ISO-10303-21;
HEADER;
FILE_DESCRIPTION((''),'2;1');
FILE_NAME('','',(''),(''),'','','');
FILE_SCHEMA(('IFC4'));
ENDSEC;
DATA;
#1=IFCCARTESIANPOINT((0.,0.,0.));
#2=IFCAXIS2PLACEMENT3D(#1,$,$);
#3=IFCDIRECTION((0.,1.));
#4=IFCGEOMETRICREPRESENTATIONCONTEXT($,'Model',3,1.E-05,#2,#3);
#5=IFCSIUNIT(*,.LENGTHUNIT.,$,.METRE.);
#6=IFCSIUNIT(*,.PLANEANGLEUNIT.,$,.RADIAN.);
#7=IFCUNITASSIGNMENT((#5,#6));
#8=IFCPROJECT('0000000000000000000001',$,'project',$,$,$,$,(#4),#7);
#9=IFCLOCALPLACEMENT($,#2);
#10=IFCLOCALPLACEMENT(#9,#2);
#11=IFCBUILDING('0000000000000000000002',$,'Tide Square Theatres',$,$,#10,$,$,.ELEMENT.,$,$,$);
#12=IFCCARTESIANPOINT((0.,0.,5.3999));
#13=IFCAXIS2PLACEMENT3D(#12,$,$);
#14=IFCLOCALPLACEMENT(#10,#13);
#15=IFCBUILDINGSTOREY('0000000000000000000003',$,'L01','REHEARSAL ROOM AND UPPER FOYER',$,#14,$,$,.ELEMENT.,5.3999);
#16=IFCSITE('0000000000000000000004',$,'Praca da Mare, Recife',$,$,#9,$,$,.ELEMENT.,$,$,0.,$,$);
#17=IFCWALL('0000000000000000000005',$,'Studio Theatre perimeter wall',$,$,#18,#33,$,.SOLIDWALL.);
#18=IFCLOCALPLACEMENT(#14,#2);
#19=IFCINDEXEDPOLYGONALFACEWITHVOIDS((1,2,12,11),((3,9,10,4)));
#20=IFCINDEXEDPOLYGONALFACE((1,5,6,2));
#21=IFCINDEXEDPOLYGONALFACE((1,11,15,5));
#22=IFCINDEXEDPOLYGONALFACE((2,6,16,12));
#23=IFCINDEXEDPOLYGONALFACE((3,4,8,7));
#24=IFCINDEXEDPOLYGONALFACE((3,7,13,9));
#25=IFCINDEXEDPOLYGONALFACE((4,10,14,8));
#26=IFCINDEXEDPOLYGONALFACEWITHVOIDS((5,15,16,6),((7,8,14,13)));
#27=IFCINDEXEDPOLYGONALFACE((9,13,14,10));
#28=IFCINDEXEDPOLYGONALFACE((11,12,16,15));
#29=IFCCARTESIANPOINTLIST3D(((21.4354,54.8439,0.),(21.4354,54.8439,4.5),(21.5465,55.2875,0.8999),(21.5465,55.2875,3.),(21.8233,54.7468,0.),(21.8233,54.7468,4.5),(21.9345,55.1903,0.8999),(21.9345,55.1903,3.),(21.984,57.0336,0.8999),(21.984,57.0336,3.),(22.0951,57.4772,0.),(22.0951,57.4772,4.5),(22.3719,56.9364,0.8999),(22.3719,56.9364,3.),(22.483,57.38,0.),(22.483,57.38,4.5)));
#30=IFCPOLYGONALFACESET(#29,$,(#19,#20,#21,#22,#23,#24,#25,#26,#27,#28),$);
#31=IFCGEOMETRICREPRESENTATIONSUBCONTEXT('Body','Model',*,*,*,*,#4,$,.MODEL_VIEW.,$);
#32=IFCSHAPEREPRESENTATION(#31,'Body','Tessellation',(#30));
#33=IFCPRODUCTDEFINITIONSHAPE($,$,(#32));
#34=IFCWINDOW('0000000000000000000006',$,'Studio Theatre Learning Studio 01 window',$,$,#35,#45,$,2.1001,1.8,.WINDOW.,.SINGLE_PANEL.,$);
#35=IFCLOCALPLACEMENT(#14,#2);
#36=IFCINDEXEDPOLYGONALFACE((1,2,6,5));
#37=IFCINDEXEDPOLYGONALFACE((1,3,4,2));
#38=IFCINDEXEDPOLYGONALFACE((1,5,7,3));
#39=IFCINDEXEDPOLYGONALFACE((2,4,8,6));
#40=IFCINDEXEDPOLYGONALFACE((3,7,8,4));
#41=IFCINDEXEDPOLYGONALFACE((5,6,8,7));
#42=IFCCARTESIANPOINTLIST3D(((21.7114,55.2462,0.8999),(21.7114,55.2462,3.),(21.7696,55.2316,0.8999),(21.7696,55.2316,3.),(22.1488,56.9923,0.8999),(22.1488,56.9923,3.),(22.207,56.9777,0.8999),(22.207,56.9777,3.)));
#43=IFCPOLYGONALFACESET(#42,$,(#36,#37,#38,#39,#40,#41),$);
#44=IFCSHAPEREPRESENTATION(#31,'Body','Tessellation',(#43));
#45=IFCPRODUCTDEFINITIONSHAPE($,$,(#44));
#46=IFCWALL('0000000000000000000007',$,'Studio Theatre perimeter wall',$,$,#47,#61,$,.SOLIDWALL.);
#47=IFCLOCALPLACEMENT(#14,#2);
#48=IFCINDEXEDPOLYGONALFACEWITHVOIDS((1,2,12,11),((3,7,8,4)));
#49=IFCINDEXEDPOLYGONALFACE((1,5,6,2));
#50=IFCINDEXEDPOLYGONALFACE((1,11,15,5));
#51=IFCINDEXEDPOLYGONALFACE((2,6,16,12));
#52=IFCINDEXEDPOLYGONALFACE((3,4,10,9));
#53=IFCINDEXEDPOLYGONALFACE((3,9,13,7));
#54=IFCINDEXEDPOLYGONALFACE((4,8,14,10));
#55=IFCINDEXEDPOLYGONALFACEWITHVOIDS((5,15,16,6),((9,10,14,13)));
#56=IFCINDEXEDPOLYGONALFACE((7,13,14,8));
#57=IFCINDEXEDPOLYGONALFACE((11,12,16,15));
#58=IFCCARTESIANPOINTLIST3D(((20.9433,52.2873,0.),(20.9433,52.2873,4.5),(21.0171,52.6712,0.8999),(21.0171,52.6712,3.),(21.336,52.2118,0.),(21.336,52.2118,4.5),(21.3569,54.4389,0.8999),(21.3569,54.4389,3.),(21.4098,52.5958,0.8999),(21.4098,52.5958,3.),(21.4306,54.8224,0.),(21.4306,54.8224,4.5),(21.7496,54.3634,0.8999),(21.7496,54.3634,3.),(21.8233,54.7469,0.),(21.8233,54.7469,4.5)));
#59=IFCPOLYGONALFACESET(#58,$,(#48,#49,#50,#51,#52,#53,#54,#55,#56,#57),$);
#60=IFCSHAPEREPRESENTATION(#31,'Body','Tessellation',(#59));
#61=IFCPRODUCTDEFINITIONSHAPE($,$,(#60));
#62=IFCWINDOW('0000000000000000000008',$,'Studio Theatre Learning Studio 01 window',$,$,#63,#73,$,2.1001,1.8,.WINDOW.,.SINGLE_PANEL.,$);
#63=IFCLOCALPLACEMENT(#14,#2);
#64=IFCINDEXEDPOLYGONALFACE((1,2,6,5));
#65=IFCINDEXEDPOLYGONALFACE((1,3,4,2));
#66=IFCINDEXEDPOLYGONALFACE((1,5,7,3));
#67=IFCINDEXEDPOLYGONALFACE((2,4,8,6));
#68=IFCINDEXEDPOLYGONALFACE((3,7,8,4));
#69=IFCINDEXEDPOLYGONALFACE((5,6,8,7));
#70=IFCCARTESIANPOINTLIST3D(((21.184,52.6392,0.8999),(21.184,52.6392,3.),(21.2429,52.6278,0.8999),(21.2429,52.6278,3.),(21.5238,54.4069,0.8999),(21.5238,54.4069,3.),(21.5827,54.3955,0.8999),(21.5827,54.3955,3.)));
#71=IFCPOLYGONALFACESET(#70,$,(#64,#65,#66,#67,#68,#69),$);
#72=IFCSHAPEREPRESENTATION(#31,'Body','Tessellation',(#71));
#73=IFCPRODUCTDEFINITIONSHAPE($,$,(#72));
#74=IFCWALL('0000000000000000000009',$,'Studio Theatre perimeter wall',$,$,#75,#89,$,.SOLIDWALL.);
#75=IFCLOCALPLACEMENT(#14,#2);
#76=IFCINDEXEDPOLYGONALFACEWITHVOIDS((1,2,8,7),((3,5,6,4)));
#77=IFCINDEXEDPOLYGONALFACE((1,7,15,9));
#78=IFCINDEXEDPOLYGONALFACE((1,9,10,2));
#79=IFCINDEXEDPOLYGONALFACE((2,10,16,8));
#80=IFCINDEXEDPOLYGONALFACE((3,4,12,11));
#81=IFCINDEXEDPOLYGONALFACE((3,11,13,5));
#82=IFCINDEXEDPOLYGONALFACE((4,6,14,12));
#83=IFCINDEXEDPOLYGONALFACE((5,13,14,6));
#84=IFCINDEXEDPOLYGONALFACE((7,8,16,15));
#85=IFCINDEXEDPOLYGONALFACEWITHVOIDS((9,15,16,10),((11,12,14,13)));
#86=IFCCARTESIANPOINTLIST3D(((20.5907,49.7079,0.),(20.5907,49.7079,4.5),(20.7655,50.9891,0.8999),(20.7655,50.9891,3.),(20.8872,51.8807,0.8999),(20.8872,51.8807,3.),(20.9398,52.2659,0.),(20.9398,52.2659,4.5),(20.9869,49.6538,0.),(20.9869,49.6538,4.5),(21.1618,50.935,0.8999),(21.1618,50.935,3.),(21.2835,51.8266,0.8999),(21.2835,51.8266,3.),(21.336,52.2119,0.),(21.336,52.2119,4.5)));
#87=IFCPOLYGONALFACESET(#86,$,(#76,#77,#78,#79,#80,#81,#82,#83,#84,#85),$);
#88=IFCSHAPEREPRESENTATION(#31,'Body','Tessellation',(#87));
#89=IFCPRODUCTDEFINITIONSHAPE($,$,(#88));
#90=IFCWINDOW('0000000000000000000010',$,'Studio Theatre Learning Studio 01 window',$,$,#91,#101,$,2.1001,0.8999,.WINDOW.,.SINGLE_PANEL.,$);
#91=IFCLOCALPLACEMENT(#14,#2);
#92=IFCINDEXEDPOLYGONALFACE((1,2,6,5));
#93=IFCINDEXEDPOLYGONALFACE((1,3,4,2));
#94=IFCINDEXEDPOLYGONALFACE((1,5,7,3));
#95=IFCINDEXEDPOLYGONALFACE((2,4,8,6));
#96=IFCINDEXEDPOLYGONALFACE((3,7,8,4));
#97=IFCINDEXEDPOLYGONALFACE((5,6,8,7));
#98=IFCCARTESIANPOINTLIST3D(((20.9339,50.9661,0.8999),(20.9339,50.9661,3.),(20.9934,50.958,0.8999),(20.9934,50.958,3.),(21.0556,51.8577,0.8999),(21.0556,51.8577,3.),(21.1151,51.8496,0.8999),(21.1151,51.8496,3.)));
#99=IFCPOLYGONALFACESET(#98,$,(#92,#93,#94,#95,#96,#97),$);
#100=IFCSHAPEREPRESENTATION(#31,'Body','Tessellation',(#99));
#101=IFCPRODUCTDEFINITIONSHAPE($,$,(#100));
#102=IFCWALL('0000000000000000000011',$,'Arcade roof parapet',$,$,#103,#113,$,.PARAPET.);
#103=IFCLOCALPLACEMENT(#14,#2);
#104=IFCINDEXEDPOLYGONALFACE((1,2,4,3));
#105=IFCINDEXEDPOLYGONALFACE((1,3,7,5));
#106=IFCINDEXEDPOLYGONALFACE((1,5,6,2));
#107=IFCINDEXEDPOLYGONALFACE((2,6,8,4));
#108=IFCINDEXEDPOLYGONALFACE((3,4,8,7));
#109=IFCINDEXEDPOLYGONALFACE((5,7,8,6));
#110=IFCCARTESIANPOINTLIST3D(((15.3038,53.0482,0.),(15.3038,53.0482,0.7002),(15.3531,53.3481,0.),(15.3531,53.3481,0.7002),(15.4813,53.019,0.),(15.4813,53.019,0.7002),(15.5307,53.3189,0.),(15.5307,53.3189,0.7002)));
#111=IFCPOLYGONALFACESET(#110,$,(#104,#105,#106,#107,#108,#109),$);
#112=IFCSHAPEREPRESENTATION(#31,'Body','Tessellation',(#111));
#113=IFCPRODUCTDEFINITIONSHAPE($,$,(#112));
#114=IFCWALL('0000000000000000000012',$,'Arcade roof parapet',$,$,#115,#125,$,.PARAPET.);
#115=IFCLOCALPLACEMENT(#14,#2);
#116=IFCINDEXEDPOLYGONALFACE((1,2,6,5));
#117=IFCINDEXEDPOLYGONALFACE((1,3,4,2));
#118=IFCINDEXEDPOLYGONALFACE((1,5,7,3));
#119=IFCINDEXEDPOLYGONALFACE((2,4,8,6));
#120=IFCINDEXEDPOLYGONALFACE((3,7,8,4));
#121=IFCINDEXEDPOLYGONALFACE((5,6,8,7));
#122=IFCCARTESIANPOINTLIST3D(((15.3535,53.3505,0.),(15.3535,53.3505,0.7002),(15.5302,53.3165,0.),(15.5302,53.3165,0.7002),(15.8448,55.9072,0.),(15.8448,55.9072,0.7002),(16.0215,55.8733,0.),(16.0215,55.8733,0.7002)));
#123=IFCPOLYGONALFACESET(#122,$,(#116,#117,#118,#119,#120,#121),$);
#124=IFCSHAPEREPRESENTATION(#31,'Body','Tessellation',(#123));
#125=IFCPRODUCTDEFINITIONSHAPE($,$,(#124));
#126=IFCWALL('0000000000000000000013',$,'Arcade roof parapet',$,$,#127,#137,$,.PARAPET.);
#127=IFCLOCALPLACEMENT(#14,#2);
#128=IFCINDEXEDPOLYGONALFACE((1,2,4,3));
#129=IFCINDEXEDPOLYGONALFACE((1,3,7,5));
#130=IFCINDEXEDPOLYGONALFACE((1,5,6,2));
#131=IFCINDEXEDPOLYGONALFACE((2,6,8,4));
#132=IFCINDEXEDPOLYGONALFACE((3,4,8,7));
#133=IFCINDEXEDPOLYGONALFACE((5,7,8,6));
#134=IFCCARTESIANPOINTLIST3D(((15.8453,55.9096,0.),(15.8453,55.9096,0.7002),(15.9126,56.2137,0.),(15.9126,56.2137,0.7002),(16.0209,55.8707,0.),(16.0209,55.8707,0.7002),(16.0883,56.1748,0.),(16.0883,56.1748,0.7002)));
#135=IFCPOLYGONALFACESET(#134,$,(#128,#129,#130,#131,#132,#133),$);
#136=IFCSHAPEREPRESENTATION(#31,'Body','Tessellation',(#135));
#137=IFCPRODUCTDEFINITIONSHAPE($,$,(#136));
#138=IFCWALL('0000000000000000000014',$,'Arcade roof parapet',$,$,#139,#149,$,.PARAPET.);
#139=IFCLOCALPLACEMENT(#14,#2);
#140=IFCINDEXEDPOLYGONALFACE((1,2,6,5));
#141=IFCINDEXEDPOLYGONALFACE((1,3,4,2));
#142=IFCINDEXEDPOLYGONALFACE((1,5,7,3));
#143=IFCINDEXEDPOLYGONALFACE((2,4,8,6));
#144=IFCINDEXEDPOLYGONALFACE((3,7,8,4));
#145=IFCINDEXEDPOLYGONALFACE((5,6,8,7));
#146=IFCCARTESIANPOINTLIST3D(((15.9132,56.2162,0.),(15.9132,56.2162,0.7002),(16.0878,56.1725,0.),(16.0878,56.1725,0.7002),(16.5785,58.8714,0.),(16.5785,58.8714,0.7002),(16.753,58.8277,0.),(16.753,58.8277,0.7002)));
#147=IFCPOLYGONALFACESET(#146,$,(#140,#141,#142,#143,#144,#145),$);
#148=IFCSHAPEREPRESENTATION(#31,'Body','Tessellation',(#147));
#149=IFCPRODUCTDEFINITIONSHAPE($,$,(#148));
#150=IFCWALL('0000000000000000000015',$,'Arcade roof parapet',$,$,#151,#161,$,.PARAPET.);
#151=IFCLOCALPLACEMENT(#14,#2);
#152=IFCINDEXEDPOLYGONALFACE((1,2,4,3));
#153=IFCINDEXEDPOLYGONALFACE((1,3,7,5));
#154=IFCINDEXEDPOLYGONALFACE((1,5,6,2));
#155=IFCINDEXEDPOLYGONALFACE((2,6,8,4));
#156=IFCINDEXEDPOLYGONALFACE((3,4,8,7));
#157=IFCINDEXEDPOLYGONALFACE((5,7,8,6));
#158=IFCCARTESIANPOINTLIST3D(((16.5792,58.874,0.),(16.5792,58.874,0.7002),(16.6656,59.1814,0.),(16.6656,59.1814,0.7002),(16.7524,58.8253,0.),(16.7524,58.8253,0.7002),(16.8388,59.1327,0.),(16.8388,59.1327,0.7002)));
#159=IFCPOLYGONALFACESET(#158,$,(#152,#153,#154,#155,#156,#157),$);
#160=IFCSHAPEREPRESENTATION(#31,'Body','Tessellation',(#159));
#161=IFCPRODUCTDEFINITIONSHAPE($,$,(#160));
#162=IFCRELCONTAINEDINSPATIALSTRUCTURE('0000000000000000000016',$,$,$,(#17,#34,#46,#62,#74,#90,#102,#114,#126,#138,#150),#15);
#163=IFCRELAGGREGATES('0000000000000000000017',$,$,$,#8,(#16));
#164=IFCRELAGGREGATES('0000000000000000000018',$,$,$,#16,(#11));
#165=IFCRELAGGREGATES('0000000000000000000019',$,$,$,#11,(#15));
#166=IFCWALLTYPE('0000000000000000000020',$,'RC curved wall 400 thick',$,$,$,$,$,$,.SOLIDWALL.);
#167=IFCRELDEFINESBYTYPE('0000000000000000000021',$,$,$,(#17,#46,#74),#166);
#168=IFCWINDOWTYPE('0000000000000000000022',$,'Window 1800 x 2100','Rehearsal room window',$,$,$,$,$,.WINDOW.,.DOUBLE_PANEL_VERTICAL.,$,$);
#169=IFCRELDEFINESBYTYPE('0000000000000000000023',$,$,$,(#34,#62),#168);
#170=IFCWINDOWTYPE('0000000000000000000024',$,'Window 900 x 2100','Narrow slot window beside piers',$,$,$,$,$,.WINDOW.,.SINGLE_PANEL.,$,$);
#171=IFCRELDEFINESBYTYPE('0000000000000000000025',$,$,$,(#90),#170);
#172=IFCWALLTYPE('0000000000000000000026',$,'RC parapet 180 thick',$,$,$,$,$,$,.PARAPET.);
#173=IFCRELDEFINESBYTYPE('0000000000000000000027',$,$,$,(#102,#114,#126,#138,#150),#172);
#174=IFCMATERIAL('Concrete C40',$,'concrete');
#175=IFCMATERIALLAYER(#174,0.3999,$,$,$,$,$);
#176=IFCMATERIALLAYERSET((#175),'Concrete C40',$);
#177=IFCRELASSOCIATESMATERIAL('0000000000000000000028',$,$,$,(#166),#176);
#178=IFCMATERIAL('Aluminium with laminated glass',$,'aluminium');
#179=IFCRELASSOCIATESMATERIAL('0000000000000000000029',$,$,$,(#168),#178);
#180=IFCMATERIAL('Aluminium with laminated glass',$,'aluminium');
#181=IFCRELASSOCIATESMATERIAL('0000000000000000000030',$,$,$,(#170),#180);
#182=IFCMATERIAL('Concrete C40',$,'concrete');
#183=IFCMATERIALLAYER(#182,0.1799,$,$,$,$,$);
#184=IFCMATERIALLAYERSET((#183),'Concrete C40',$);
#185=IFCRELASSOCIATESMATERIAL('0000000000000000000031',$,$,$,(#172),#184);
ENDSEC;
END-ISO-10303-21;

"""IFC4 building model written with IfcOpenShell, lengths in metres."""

from ifc_helpers import new_model, si_unit, direction, frame, frame_2d, origin, place, context, subcontext, project, spatial, rectangle, extrude, material, layer, layer_set, type_object, element, fill, save


model = new_model("IFC4")

# Units and contexts
model_context = context("Model", 3, precision=1e-05, world=origin(), true_north=direction((0.0, 1.0)))
body_context = subcontext(model_context, "Body", "Model", "MODEL_VIEW")
ifc_project = project(units=[si_unit("LENGTHUNIT", "METRE"), si_unit("PLANEANGLEUNIT", "RADIAN")], contexts=[model_context])

# Site, building, storey
site_placement = place(None, origin())
site = spatial("IfcSite", under=ifc_project, at=site_placement, Name="Praca da Mare, Recife", CompositionType="ELEMENT", RefElevation=0.0)
building_placement = place(site_placement, origin())
building = spatial("IfcBuilding", under=site, at=building_placement, Name="Tide Square Theatres", CompositionType="ELEMENT")
storey_placement = place(building_placement, frame((0.0, 0.0, 5.3999)))
storey = spatial("IfcBuildingStorey", under=building, at=storey_placement, Name="L01", Description="REHEARSAL ROOM AND UPPER FOYER", CompositionType="ELEMENT", Elevation=5.3999)

# Walls, openings, windows
ifc_material_1 = material(Name="Concrete C40", Category="concrete")
ifc_layer_1 = layer(ifc_material_1, 0.3999)
ifc_layer_set_1 = layer_set([ifc_layer_1], Name="Concrete C40")
wall_type_1 = type_object("IfcWallType", Name="RC curved wall 400 thick", PredefinedType="SOLIDWALL", material=ifc_layer_set_1)
wall_1_placement = place(storey_placement, frame((22.2891, 57.4287, 0.0), z_axis=(0.0, 0.0, 1.0), x_axis=(-0.243001, -0.970026, 0.0)))
wall_1 = element("IfcWall", 1, at=wall_1_placement, inside=storey, type_object=wall_type_1, Name="Studio Theatre perimeter wall", PredefinedType="SOLIDWALL", context=body_context, shape_type="SweptSolid", body=[
    extrude(rectangle(XDim=2.7146, YDim=0.3999, at=frame_2d((1.3574, 0.0))), origin(), (0.0, 0.0, 1.0), 4.5),
])
opening_1_placement = place(wall_1_placement, frame((0.4575, 0.0, 0.8999)))
opening_1 = element("IfcOpeningElement", 2, at=opening_1_placement, cuts=wall_1, PredefinedType="OPENING", context=body_context, shape_type="SweptSolid", body=[
    extrude(rectangle(XDim=1.8, YDim=2.1001, at=frame_2d((0.8999, 1.05))), frame((0.0, 0.21, 0.0), z_axis=(0.0, -1.0, 0.0), x_axis=(1.0, 0.0, 0.0)), (0.0, 0.0, 1.0), 0.4199),
])
ifc_material_2 = material(Name="Aluminium with laminated glass", Category="aluminium")
window_type_1 = type_object("IfcWindowType", Name="Window 1800 x 2100", Description="Rehearsal room window", PartitioningType="DOUBLE_PANEL_VERTICAL", PredefinedType="WINDOW", material=ifc_material_2)
window_1_placement = place(opening_1_placement, origin())
window_1 = element("IfcWindow", 3, at=window_1_placement, inside=storey, type_object=window_type_1, Name="Studio Theatre Learning Studio 01 window", OverallHeight=2.1001, OverallWidth=1.8, PartitioningType="SINGLE_PANEL", PredefinedType="WINDOW", context=body_context, shape_type="SweptSolid", body=[
    extrude(rectangle(XDim=1.8, YDim=2.1001, at=frame_2d((0.8999, 1.05))), frame((0.0, 0.03, 0.0), z_axis=(0.0, -1.0, 0.0), x_axis=(1.0, 0.0, 0.0)), (0.0, 0.0, 1.0), 0.0601),
])
fill(opening_1, window_1)
wall_2_placement = place(storey_placement, frame((21.627, 54.7847, 0.0), z_axis=(0.0, 0.0, 1.0), x_axis=(-0.188763, -0.982023, 0.0)))
wall_2 = element("IfcWall", 4, at=wall_2_placement, inside=storey, type_object=wall_type_1, Name="Studio Theatre perimeter wall", PredefinedType="SOLIDWALL", context=body_context, shape_type="SweptSolid", body=[
    extrude(rectangle(XDim=2.5815, YDim=0.3999, at=frame_2d((1.2908, 0.0))), origin(), (0.0, 0.0, 1.0), 4.5),
])
opening_2_placement = place(wall_2_placement, frame((0.3906, 0.0, 0.8999)))
opening_2 = element("IfcOpeningElement", 5, at=opening_2_placement, cuts=wall_2, PredefinedType="OPENING", context=body_context, shape_type="SweptSolid", body=[
    extrude(rectangle(XDim=1.8, YDim=2.1001, at=frame_2d((0.8999, 1.05))), frame((0.0, 0.21, 0.0), z_axis=(0.0, -1.0, 0.0), x_axis=(1.0, 0.0, 0.0)), (0.0, 0.0, 1.0), 0.4199),
])
window_2_placement = place(opening_2_placement, origin())
window_2 = element("IfcWindow", 6, at=window_2_placement, inside=storey, type_object=window_type_1, Name="Studio Theatre Learning Studio 01 window", OverallHeight=2.1001, OverallWidth=1.8, PartitioningType="SINGLE_PANEL", PredefinedType="WINDOW", context=body_context, shape_type="SweptSolid", body=[
    extrude(rectangle(XDim=1.8, YDim=2.1001, at=frame_2d((0.8999, 1.05))), frame((0.0, 0.03, 0.0), z_axis=(0.0, -1.0, 0.0), x_axis=(1.0, 0.0, 0.0)), (0.0, 0.0, 1.0), 0.0601),
])
fill(opening_2, window_2)
wall_3_placement = place(storey_placement, frame((21.1379, 52.239, 0.0), z_axis=(0.0, 0.0, 1.0), x_axis=(-0.135223, -0.990815, 0.0)))
wall_3 = element("IfcWall", 7, at=wall_3_placement, inside=storey, type_object=wall_type_1, Name="Studio Theatre perimeter wall", PredefinedType="SOLIDWALL", context=body_context, shape_type="SweptSolid", body=[
    extrude(rectangle(XDim=2.5818, YDim=0.3999, at=frame_2d((1.291, 0.0))), origin(), (0.0, 0.0, 1.0), 4.5),
])
opening_3_placement = place(wall_3_placement, frame((0.3889, 0.0, 0.8999)))
opening_3 = element("IfcOpeningElement", 8, at=opening_3_placement, cuts=wall_3, PredefinedType="OPENING", context=body_context, shape_type="SweptSolid", body=[
    extrude(rectangle(XDim=0.8999, YDim=2.1001, at=frame_2d((0.45, 1.05))), frame((0.0, 0.21, 0.0), z_axis=(0.0, -1.0, 0.0), x_axis=(1.0, 0.0, 0.0)), (0.0, 0.0, 1.0), 0.4199),
])
ifc_material_3 = material(Name="Aluminium with laminated glass", Category="aluminium")
window_type_2 = type_object("IfcWindowType", Name="Window 900 x 2100", Description="Narrow slot window beside piers", PartitioningType="SINGLE_PANEL", PredefinedType="WINDOW", material=ifc_material_3)
window_3_placement = place(opening_3_placement, origin())
window_3 = element("IfcWindow", 9, at=window_3_placement, inside=storey, type_object=window_type_2, Name="Studio Theatre Learning Studio 01 window", OverallHeight=2.1001, OverallWidth=0.8999, PartitioningType="SINGLE_PANEL", PredefinedType="WINDOW", context=body_context, shape_type="SweptSolid", body=[
    extrude(rectangle(XDim=0.8999, YDim=2.1001, at=frame_2d((0.45, 1.05))), frame((0.0, 0.03, 0.0), z_axis=(0.0, -1.0, 0.0), x_axis=(1.0, 0.0, 0.0)), (0.0, 0.0, 1.0), 0.0601),
])
fill(opening_3, window_3)

# Walls
ifc_material_4 = material(Name="Concrete C40", Category="concrete")
ifc_layer_2 = layer(ifc_material_4, 0.1799)
ifc_layer_set_2 = layer_set([ifc_layer_2], Name="Concrete C40")
wall_type_2 = type_object("IfcWallType", Name="RC parapet 180 thick", PredefinedType="PARAPET", material=ifc_layer_set_2)
wall_4_placement = place(storey_placement, frame((15.3926, 53.0337, 0.0), z_axis=(0.0, 0.0, 1.0), x_axis=(0.162314, 0.986739, 0.0)))
element("IfcWall", 10, at=wall_4_placement, inside=storey, type_object=wall_type_2, Name="Arcade roof parapet", PredefinedType="PARAPET", context=body_context, shape_type="SweptSolid", body=[
    extrude(rectangle(XDim=0.304, YDim=0.1799, at=frame_2d((0.1519, 0.0))), origin(), (0.0, 0.0, 1.0), 0.7002),
])
wall_5_placement = place(storey_placement, frame((15.4419, 53.3335, 0.0), z_axis=(0.0, 0.0, 1.0), x_axis=(0.18868, 0.982039, 0.0)))
element("IfcWall", 11, at=wall_5_placement, inside=storey, type_object=wall_type_2, Name="Arcade roof parapet", PredefinedType="PARAPET", context=body_context, shape_type="SweptSolid", body=[
    extrude(rectangle(XDim=2.6035, YDim=0.1799, at=frame_2d((1.3018, 0.0))), origin(), (0.0, 0.0, 1.0), 0.7002),
])
wall_6_placement = place(storey_placement, frame((15.9331, 55.8901, 0.0), z_axis=(0.0, 0.0, 1.0), x_axis=(0.216267, 0.976334, 0.0)))
element("IfcWall", 12, at=wall_6_placement, inside=storey, type_object=wall_type_2, Name="Arcade roof parapet", PredefinedType="PARAPET", context=body_context, shape_type="SweptSolid", body=[
    extrude(rectangle(XDim=0.3115, YDim=0.1799, at=frame_2d((0.1558, 0.0))), origin(), (0.0, 0.0, 1.0), 0.7002),
])
wall_7_placement = place(storey_placement, frame((16.0005, 56.1943, 0.0), z_axis=(0.0, 0.0, 1.0), x_axis=(0.243039, 0.970016, 0.0)))
element("IfcWall", 13, at=wall_7_placement, inside=storey, type_object=wall_type_2, Name="Arcade roof parapet", PredefinedType="PARAPET", context=body_context, shape_type="SweptSolid", body=[
    extrude(rectangle(XDim=2.7373, YDim=0.1799, at=frame_2d((1.3687, 0.0))), origin(), (0.0, 0.0, 1.0), 0.7002),
])
wall_8_placement = place(storey_placement, frame((16.6658, 58.8496, 0.0), z_axis=(0.0, 0.0, 1.0), x_axis=(0.270679, 0.96267, 0.0)))
element("IfcWall", 14, at=wall_8_placement, inside=storey, type_object=wall_type_2, Name="Arcade roof parapet", PredefinedType="PARAPET", context=body_context, shape_type="SweptSolid", body=[
    extrude(rectangle(XDim=0.3193, YDim=0.1799, at=frame_2d((0.1597, 0.0))), origin(), (0.0, 0.0, 1.0), 0.7002),
])

save(model, "model.ifc")
